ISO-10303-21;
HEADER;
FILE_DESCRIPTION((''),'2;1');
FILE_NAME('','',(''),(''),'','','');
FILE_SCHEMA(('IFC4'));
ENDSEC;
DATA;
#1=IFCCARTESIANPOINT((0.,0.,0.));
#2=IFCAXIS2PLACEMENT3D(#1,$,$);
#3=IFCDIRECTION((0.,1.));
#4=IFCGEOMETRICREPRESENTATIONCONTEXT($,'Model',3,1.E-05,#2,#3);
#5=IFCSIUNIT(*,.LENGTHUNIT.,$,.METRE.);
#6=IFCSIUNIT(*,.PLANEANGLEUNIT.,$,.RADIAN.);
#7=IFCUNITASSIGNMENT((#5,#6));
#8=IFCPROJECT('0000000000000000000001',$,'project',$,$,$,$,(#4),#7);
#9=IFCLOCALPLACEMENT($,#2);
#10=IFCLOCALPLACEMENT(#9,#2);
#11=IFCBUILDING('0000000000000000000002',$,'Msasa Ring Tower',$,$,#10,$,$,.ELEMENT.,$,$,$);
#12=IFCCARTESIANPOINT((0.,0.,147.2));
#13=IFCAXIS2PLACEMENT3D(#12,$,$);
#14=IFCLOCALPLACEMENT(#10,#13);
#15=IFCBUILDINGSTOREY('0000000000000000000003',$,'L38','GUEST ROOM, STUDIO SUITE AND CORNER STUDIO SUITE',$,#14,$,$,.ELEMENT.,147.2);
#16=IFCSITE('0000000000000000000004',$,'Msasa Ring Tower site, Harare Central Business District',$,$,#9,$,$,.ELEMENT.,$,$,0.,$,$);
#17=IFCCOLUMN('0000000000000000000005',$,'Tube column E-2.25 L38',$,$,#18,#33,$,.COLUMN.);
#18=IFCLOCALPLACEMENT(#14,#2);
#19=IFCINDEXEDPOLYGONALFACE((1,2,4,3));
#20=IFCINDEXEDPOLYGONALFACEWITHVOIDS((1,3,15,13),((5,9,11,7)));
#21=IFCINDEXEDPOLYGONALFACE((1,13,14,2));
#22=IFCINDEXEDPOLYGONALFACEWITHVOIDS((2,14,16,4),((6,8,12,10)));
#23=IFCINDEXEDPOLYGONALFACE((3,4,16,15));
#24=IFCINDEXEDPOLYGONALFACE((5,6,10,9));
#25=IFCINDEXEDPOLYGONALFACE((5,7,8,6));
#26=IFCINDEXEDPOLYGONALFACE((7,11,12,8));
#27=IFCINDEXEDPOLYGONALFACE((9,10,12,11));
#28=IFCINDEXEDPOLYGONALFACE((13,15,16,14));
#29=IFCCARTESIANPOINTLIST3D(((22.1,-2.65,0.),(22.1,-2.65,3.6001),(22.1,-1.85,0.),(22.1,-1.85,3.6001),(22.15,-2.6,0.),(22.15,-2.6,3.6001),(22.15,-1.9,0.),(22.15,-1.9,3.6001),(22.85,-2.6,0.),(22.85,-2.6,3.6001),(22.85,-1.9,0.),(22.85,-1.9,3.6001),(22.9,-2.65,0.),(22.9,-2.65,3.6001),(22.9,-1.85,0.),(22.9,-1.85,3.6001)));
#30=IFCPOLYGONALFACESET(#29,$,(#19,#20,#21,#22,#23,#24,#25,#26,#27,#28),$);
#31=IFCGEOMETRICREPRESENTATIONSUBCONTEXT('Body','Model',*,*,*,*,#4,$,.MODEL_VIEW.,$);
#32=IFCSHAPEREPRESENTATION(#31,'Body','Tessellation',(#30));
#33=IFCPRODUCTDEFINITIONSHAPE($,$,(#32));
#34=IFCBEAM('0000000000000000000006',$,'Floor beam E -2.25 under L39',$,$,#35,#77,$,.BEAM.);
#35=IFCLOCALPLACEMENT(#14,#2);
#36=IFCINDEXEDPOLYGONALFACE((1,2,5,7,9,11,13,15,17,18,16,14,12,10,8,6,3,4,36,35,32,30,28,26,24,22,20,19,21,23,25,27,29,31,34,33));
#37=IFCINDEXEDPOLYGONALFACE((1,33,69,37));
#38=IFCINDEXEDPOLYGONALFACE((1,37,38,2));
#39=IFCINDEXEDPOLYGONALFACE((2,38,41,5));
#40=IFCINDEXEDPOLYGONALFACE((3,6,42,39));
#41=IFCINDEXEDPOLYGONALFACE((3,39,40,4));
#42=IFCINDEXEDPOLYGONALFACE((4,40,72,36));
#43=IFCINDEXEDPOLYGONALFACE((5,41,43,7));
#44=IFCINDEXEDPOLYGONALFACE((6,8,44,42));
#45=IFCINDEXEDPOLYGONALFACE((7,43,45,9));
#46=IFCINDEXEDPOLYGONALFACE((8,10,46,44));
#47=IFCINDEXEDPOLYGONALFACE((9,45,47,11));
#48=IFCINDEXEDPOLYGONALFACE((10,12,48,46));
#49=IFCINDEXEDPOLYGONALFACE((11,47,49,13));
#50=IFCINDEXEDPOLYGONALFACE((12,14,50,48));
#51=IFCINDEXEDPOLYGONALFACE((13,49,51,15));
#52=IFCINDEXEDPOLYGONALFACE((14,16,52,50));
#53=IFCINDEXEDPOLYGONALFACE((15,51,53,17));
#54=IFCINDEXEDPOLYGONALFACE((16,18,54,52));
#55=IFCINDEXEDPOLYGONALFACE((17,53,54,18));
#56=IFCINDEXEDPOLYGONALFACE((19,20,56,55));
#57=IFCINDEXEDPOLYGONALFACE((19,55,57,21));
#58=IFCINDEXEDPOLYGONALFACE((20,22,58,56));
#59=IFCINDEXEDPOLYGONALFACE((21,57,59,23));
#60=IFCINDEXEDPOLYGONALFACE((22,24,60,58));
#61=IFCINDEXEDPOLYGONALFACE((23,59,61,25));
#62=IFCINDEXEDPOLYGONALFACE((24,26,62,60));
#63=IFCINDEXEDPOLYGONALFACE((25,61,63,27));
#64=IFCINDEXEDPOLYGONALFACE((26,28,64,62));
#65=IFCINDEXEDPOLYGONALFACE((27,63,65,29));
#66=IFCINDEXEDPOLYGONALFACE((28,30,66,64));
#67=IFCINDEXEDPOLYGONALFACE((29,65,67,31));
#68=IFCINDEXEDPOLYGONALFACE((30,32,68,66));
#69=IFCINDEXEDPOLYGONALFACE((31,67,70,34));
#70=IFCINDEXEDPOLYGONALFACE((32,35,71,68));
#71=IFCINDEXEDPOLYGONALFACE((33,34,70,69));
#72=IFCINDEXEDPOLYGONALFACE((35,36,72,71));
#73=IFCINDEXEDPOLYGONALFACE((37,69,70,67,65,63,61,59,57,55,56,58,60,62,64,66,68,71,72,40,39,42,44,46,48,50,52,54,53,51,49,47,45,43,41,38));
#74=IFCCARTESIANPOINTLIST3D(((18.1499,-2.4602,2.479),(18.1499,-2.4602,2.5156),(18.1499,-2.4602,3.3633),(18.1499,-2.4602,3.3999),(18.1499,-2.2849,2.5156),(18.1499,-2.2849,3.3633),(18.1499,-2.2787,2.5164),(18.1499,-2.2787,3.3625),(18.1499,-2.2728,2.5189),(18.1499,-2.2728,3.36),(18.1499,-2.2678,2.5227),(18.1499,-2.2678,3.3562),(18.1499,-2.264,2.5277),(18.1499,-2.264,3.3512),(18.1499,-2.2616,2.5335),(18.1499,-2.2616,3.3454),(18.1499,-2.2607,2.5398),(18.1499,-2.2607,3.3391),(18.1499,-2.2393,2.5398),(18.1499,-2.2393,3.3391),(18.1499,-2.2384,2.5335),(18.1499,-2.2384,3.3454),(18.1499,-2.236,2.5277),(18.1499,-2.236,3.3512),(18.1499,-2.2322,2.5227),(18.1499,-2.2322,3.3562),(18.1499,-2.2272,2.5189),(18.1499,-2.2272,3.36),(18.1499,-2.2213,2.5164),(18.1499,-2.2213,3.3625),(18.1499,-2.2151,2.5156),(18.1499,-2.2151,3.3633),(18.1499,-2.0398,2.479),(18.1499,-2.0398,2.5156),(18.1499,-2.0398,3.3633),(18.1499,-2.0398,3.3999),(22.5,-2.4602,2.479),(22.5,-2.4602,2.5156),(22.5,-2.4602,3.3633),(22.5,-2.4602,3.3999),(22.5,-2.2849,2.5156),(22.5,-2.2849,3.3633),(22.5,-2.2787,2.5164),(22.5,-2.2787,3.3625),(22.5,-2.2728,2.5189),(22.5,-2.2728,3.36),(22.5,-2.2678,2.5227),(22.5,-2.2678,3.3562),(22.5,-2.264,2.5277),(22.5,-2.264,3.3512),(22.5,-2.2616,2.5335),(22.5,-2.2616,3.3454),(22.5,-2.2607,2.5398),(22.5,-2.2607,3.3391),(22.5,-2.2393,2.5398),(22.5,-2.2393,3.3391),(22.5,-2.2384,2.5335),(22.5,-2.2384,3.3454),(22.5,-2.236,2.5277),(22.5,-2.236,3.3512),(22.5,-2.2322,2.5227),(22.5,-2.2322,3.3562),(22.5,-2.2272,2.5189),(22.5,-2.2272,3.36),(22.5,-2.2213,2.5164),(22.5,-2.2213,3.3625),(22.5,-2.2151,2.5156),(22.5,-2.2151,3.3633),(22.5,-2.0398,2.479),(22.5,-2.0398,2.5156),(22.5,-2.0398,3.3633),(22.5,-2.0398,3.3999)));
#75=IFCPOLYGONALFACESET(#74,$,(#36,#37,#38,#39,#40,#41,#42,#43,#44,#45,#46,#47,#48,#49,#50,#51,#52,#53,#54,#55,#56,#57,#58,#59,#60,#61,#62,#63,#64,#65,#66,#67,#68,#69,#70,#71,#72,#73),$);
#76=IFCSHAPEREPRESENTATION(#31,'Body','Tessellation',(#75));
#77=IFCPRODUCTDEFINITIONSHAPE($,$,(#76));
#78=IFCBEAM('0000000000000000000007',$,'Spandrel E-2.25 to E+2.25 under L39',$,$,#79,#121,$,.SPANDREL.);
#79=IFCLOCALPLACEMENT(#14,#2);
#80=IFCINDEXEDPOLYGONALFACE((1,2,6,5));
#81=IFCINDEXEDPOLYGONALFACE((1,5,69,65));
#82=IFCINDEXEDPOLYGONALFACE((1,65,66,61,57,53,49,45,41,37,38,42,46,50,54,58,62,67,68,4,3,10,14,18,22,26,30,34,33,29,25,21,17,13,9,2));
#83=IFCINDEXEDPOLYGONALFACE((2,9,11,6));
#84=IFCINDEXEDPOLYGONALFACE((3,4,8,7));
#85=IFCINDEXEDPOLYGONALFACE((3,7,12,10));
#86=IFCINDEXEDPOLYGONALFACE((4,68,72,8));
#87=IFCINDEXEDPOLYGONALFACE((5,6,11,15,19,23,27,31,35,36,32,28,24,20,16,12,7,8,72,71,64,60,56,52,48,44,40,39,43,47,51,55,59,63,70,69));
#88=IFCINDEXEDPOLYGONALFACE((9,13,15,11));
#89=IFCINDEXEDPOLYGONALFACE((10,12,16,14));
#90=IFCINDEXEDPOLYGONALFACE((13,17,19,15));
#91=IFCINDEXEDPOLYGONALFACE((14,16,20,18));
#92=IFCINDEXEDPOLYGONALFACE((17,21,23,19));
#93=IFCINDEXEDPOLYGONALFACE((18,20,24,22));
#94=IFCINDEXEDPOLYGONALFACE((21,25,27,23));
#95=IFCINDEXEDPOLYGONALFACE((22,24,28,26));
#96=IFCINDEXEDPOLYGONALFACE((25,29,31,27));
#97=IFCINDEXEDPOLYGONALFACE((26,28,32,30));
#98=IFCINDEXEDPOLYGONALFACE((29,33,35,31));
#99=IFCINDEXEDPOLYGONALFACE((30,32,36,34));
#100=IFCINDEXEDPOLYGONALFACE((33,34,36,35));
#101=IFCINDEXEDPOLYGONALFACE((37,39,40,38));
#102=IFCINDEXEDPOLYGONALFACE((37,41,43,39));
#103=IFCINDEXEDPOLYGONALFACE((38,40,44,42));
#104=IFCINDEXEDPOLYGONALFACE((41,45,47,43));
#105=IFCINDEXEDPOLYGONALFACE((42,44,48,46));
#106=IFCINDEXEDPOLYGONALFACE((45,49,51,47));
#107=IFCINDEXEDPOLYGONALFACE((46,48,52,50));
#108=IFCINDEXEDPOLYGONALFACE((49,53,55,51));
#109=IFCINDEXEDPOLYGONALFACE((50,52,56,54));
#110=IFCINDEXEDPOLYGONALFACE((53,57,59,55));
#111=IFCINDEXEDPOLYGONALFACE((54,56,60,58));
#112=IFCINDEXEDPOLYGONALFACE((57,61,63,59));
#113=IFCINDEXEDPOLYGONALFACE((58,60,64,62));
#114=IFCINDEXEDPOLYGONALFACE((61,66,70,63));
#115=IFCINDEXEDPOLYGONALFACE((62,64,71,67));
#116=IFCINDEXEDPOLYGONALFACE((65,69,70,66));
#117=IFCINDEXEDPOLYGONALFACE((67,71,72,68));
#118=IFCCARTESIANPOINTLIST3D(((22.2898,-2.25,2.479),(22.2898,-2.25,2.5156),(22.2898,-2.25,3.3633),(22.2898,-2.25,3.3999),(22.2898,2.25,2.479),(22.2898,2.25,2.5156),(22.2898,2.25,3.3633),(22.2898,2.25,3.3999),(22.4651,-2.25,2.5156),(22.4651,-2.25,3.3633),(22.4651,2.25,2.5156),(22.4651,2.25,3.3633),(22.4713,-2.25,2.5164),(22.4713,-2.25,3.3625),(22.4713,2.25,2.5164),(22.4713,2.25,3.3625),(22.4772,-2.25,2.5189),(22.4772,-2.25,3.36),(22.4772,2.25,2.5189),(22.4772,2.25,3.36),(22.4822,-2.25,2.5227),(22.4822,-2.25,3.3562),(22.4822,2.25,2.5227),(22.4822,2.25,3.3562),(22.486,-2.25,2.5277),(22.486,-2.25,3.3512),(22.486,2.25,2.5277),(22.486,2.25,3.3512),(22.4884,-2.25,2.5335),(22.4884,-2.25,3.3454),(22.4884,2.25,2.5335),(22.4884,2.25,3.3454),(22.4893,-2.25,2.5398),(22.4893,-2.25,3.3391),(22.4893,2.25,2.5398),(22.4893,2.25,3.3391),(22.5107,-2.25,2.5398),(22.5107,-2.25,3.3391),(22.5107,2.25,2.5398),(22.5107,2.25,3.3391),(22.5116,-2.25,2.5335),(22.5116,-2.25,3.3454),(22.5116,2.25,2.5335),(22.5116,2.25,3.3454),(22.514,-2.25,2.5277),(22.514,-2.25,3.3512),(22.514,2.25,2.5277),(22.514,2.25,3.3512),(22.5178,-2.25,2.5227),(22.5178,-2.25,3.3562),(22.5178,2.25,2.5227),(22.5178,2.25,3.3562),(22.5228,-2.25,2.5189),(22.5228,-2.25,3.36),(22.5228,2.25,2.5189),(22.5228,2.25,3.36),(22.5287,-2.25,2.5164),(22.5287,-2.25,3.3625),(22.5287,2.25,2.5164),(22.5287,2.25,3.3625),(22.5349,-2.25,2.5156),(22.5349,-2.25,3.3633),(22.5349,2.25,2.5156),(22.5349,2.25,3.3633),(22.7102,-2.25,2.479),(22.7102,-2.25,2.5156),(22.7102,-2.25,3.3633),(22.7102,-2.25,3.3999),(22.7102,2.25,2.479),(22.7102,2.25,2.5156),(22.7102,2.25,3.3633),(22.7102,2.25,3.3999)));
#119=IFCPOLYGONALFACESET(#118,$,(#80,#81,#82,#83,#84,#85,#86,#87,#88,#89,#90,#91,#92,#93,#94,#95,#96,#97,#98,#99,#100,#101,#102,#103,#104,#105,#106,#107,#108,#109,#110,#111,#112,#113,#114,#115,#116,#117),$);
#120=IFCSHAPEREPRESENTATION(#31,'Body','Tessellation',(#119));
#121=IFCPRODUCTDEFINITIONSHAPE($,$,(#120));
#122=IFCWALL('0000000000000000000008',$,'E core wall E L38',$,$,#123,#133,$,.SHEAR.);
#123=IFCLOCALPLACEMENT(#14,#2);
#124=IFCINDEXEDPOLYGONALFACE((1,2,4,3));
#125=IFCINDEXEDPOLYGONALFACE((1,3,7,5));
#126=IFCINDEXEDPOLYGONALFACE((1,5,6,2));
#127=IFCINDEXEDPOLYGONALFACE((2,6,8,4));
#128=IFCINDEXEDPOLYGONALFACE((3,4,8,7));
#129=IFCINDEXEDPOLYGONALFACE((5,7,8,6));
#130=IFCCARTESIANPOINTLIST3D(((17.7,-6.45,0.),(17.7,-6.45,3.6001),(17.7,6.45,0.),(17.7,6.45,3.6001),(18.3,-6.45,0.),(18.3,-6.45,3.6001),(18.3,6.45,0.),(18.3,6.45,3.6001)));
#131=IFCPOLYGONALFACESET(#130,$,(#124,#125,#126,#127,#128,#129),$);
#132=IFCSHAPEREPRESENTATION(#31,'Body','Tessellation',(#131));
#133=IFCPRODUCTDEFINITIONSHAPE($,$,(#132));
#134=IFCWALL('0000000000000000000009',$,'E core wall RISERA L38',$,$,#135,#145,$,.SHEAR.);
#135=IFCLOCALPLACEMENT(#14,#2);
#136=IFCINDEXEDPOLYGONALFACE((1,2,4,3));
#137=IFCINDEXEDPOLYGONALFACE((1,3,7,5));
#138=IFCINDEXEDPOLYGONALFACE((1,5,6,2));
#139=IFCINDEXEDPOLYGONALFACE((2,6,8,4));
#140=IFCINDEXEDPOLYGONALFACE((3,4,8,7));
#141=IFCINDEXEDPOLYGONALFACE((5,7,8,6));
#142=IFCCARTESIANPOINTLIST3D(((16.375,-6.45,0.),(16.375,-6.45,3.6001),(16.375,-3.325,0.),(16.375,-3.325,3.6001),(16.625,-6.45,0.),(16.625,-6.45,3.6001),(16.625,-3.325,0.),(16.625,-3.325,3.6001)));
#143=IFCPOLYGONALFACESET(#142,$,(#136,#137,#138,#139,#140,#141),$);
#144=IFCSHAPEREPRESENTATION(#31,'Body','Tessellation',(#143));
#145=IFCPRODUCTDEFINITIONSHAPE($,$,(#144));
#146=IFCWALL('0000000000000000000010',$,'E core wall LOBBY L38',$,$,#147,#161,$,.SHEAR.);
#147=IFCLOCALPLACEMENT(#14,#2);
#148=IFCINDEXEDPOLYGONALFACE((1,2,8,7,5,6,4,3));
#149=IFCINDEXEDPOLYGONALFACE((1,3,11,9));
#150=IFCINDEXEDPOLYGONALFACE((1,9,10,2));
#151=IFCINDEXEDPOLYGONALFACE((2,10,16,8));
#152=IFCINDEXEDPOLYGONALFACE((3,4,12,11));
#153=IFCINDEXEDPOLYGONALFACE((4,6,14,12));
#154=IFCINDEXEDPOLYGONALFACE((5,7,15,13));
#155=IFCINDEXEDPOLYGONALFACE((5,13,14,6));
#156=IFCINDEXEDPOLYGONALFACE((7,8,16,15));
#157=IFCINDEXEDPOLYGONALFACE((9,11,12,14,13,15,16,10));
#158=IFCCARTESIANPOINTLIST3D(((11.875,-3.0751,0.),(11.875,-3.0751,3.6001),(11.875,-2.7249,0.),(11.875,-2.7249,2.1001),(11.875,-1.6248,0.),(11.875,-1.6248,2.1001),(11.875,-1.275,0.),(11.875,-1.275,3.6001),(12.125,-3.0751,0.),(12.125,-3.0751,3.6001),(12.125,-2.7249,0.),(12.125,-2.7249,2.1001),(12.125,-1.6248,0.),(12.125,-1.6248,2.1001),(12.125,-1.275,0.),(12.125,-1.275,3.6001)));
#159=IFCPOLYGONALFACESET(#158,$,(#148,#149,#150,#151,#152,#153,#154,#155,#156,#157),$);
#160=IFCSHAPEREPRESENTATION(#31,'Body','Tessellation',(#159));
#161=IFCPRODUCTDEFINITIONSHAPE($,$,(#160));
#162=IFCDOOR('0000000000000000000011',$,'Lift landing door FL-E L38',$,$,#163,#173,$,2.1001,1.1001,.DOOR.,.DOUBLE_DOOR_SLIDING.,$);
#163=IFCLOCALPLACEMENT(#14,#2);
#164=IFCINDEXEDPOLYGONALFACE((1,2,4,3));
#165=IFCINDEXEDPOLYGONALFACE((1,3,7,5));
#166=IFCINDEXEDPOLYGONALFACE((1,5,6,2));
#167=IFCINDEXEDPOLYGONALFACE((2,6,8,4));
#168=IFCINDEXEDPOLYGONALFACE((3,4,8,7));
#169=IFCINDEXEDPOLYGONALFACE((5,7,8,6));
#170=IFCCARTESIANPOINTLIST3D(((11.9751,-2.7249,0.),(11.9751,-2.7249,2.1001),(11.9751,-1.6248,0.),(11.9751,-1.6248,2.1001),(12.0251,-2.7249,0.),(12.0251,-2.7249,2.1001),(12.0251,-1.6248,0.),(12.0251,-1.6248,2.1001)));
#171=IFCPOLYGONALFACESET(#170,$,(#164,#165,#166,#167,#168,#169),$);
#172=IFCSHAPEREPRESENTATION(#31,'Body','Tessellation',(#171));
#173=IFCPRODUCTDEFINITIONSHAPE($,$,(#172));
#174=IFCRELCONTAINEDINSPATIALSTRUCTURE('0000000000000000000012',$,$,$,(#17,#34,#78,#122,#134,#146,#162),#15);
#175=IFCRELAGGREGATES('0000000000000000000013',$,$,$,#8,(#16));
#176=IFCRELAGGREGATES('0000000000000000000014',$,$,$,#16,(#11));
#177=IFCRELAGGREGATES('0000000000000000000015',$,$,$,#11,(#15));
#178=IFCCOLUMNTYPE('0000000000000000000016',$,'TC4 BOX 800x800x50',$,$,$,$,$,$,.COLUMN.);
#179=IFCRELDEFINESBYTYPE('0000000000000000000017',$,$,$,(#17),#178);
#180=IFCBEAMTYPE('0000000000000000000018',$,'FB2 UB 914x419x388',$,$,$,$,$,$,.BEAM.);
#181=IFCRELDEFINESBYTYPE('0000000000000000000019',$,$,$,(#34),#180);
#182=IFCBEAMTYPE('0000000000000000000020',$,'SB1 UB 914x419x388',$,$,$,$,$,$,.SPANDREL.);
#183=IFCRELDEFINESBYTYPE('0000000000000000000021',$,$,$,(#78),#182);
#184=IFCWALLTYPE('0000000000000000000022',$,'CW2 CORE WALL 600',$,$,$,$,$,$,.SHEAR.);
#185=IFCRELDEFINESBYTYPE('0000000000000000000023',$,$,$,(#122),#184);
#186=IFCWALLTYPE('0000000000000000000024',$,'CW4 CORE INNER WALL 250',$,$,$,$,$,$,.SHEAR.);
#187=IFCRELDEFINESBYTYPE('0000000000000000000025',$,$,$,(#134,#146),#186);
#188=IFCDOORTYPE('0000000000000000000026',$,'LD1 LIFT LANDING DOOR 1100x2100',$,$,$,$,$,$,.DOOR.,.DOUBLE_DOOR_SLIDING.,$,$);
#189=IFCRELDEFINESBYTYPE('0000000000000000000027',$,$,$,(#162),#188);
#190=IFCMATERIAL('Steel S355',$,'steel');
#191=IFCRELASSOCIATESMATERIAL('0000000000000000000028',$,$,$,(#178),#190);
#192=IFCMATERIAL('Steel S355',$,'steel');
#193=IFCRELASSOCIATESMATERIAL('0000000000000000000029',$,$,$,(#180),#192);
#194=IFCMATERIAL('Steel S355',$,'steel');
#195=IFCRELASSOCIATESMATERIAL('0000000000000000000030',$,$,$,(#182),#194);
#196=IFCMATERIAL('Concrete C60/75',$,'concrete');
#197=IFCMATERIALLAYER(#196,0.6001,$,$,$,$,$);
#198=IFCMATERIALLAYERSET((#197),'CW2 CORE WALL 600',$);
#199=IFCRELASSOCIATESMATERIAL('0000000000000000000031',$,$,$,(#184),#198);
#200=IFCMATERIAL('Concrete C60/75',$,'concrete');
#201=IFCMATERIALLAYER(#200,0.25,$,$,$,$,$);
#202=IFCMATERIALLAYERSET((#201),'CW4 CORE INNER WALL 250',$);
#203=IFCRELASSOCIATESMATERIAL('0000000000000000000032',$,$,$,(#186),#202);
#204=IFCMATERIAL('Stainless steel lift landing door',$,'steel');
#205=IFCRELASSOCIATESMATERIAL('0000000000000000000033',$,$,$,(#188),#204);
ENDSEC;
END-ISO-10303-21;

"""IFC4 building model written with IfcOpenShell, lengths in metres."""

from ifc_helpers import new_model, si_unit, direction, frame, frame_2d, origin, origin_2d, place, context, subcontext, project, spatial, rectangle, hollow_rectangle, i_section, extrude, material, layer, layer_set, material_profile, profile_set, type_object, element, fill, save


model = new_model("IFC4")

# Units and contexts
model_context = context("Model", 3, precision=1e-05, world=origin(), true_north=direction((0.0, 1.0)))
body_context = subcontext(model_context, "Body", "Model", "MODEL_VIEW")
ifc_project = project(units=[si_unit("LENGTHUNIT", "METRE"), si_unit("PLANEANGLEUNIT", "RADIAN")], contexts=[model_context])

# Site, building, storey
site_placement = place(None, origin())
site = spatial("IfcSite", under=ifc_project, at=site_placement, Name="Msasa Ring Tower site, Harare Central Business District", CompositionType="ELEMENT", RefElevation=0.0)
building_placement = place(site_placement, origin())
building = spatial("IfcBuilding", under=site, at=building_placement, Name="Msasa Ring Tower", CompositionType="ELEMENT")
storey_placement = place(building_placement, frame((0.0, 0.0, 147.2)))
storey = spatial("IfcBuildingStorey", under=building, at=storey_placement, Name="L38", Description="GUEST ROOM, STUDIO SUITE AND CORNER STUDIO SUITE", CompositionType="ELEMENT", Elevation=147.2)

# Column
ifc_material_1 = material(Name="Steel S355", Category="steel")
ifc_material_profile_1 = material_profile(ifc_material_1, hollow_rectangle(XDim=0.8, YDim=0.8, WallThickness=0.05, at=origin_2d()), Name="BOX 800x800x50")
ifc_profile_set_1 = profile_set([ifc_material_profile_1], Name="Steel S355")
column_type = type_object("IfcColumnType", Name="TC4 BOX 800x800x50", PredefinedType="COLUMN", material=ifc_profile_set_1)
column_placement = place(storey_placement, frame((22.5, -2.25, 0.0), z_axis=(0.0, 0.0, 1.0), x_axis=(1.0, 0.0, 0.0)))
element("IfcColumn", 1, at=column_placement, inside=storey, type_object=column_type, Name="Tube column E-2.25 L38", PredefinedType="COLUMN", context=body_context, shape_type="SweptSolid", body=[
    extrude(hollow_rectangle(XDim=0.8, YDim=0.8, WallThickness=0.05, at=origin_2d()), origin(), (0.0, 0.0, 1.0), 3.6001),
])

# Beams
ifc_material_2 = material(Name="Steel S355", Category="steel")
ifc_material_profile_2 = material_profile(ifc_material_2, i_section(OverallWidth=0.4204, OverallDepth=0.9209, WebThickness=0.0215, FlangeThickness=0.0366, FilletRadius=0.0242, at=origin_2d()), Name="UB 914x419x388")
ifc_profile_set_2 = profile_set([ifc_material_profile_2], Name="Steel S355")
beam_type_1 = type_object("IfcBeamType", Name="FB2 UB 914x419x388", PredefinedType="BEAM", material=ifc_profile_set_2)
beam_1_placement = place(storey_placement, frame((22.5, -2.25, 2.9395), z_axis=(-1.0, 0.0, 0.0), x_axis=(0.0, -1.0, 0.0)))
element("IfcBeam", 2, at=beam_1_placement, inside=storey, type_object=beam_type_1, Name="Floor beam E -2.25 under L39", PredefinedType="BEAM", context=body_context, shape_type="SweptSolid", body=[
    extrude(i_section(OverallWidth=0.4204, OverallDepth=0.9209, WebThickness=0.0215, FlangeThickness=0.0366, FilletRadius=0.0242, at=origin_2d()), origin(), (0.0, 0.0, 1.0), 4.3501),
])
ifc_material_3 = material(Name="Steel S355", Category="steel")
ifc_material_profile_3 = material_profile(ifc_material_3, i_section(OverallWidth=0.4204, OverallDepth=0.9209, WebThickness=0.0215, FlangeThickness=0.0366, FilletRadius=0.0242, at=origin_2d()), Name="UB 914x419x388")
ifc_profile_set_3 = profile_set([ifc_material_profile_3], Name="Steel S355")
beam_type_2 = type_object("IfcBeamType", Name="SB1 UB 914x419x388", PredefinedType="SPANDREL", material=ifc_profile_set_3)
beam_2_placement = place(storey_placement, frame((22.5, -2.25, 2.9395), z_axis=(0.0, 1.0, 0.0), x_axis=(-1.0, 0.0, 0.0)))
element("IfcBeam", 3, at=beam_2_placement, inside=storey, type_object=beam_type_2, Name="Spandrel E-2.25 to E+2.25 under L39", PredefinedType="SPANDREL", context=body_context, shape_type="SweptSolid", body=[
    extrude(i_section(OverallWidth=0.4204, OverallDepth=0.9209, WebThickness=0.0215, FlangeThickness=0.0366, FilletRadius=0.0242, at=origin_2d()), origin(), (0.0, 0.0, 1.0), 4.5),
])

# Walls
ifc_material_4 = material(Name="Concrete C60/75", Category="concrete")
ifc_layer_1 = layer(ifc_material_4, 0.6001)
ifc_layer_set_1 = layer_set([ifc_layer_1], Name="CW2 CORE WALL 600")
wall_type_1 = type_object("IfcWallType", Name="CW2 CORE WALL 600", PredefinedType="SHEAR", material=ifc_layer_set_1)
wall_1_placement = place(storey_placement, frame((18.0, -6.45, 0.0), z_axis=(0.0, 0.0, 1.0), x_axis=(0.0, 1.0, 0.0)))
element("IfcWall", 4, at=wall_1_placement, inside=storey, type_object=wall_type_1, Name="E core wall E L38", PredefinedType="SHEAR", context=body_context, shape_type="SweptSolid", body=[
    extrude(rectangle(XDim=12.8999, YDim=0.6001, at=frame_2d((6.45, 0.0))), origin(), (0.0, 0.0, 1.0), 3.6001),
])
ifc_material_5 = material(Name="Concrete C60/75", Category="concrete")
ifc_layer_2 = layer(ifc_material_5, 0.25)
ifc_layer_set_2 = layer_set([ifc_layer_2], Name="CW4 CORE INNER WALL 250")
wall_type_2 = type_object("IfcWallType", Name="CW4 CORE INNER WALL 250", PredefinedType="SHEAR", material=ifc_layer_set_2)
wall_2_placement = place(storey_placement, frame((16.5, -6.45, 0.0), z_axis=(0.0, 0.0, 1.0), x_axis=(0.0, 1.0, 0.0)))
element("IfcWall", 5, at=wall_2_placement, inside=storey, type_object=wall_type_2, Name="E core wall RISERA L38", PredefinedType="SHEAR", context=body_context, shape_type="SweptSolid", body=[
    extrude(rectangle(XDim=3.125, YDim=0.25, at=frame_2d((1.5625, 0.0))), origin(), (0.0, 0.0, 1.0), 3.6001),
])

# Wall, opening, door
wall_3_placement = place(storey_placement, frame((12.0, -3.075, 0.0), z_axis=(0.0, 0.0, 1.0), x_axis=(0.0, 1.0, 0.0)))
wall_3 = element("IfcWall", 6, at=wall_3_placement, inside=storey, type_object=wall_type_2, Name="E core wall LOBBY L38", PredefinedType="SHEAR", context=body_context, shape_type="SweptSolid", body=[
    extrude(rectangle(XDim=1.8, YDim=0.25, at=frame_2d((0.8999, 0.0))), origin(), (0.0, 0.0, 1.0), 3.6001),
])
opening_1_placement = place(wall_3_placement, frame((0.3501, 0.0, 0.0)))
opening_1 = element("IfcOpeningElement", 7, at=opening_1_placement, cuts=wall_3, PredefinedType="OPENING", context=body_context, shape_type="SweptSolid", body=[
    extrude(rectangle(XDim=1.1001, YDim=2.1001, at=frame_2d((0.55, 1.05))), frame((0.0, 0.135, 0.0), z_axis=(0.0, -1.0, 0.0), x_axis=(1.0, 0.0, 0.0)), (0.0, 0.0, 1.0), 0.27),
])
ifc_material_6 = material(Name="Stainless steel lift landing door", Category="steel")
door_type = type_object("IfcDoorType", Name="LD1 LIFT LANDING DOOR 1100x2100", OperationType="DOUBLE_DOOR_SLIDING", PredefinedType="DOOR", material=ifc_material_6)
door_1_placement = place(opening_1_placement, origin())
door_1 = element("IfcDoor", 8, at=door_1_placement, inside=storey, type_object=door_type, Name="Lift landing door FL-E L38", OperationType="DOUBLE_DOOR_SLIDING", OverallHeight=2.1001, OverallWidth=1.1001, PredefinedType="DOOR", context=body_context, shape_type="SweptSolid", body=[
    extrude(rectangle(XDim=1.1001, YDim=2.1001, at=frame_2d((0.55, 1.05))), frame((0.0, 0.0249, 0.0), z_axis=(0.0, -1.0, 0.0), x_axis=(1.0, 0.0, 0.0)), (0.0, 0.0, 1.0), 0.05),
])
fill(opening_1, door_1)

save(model, "model.ifc")
